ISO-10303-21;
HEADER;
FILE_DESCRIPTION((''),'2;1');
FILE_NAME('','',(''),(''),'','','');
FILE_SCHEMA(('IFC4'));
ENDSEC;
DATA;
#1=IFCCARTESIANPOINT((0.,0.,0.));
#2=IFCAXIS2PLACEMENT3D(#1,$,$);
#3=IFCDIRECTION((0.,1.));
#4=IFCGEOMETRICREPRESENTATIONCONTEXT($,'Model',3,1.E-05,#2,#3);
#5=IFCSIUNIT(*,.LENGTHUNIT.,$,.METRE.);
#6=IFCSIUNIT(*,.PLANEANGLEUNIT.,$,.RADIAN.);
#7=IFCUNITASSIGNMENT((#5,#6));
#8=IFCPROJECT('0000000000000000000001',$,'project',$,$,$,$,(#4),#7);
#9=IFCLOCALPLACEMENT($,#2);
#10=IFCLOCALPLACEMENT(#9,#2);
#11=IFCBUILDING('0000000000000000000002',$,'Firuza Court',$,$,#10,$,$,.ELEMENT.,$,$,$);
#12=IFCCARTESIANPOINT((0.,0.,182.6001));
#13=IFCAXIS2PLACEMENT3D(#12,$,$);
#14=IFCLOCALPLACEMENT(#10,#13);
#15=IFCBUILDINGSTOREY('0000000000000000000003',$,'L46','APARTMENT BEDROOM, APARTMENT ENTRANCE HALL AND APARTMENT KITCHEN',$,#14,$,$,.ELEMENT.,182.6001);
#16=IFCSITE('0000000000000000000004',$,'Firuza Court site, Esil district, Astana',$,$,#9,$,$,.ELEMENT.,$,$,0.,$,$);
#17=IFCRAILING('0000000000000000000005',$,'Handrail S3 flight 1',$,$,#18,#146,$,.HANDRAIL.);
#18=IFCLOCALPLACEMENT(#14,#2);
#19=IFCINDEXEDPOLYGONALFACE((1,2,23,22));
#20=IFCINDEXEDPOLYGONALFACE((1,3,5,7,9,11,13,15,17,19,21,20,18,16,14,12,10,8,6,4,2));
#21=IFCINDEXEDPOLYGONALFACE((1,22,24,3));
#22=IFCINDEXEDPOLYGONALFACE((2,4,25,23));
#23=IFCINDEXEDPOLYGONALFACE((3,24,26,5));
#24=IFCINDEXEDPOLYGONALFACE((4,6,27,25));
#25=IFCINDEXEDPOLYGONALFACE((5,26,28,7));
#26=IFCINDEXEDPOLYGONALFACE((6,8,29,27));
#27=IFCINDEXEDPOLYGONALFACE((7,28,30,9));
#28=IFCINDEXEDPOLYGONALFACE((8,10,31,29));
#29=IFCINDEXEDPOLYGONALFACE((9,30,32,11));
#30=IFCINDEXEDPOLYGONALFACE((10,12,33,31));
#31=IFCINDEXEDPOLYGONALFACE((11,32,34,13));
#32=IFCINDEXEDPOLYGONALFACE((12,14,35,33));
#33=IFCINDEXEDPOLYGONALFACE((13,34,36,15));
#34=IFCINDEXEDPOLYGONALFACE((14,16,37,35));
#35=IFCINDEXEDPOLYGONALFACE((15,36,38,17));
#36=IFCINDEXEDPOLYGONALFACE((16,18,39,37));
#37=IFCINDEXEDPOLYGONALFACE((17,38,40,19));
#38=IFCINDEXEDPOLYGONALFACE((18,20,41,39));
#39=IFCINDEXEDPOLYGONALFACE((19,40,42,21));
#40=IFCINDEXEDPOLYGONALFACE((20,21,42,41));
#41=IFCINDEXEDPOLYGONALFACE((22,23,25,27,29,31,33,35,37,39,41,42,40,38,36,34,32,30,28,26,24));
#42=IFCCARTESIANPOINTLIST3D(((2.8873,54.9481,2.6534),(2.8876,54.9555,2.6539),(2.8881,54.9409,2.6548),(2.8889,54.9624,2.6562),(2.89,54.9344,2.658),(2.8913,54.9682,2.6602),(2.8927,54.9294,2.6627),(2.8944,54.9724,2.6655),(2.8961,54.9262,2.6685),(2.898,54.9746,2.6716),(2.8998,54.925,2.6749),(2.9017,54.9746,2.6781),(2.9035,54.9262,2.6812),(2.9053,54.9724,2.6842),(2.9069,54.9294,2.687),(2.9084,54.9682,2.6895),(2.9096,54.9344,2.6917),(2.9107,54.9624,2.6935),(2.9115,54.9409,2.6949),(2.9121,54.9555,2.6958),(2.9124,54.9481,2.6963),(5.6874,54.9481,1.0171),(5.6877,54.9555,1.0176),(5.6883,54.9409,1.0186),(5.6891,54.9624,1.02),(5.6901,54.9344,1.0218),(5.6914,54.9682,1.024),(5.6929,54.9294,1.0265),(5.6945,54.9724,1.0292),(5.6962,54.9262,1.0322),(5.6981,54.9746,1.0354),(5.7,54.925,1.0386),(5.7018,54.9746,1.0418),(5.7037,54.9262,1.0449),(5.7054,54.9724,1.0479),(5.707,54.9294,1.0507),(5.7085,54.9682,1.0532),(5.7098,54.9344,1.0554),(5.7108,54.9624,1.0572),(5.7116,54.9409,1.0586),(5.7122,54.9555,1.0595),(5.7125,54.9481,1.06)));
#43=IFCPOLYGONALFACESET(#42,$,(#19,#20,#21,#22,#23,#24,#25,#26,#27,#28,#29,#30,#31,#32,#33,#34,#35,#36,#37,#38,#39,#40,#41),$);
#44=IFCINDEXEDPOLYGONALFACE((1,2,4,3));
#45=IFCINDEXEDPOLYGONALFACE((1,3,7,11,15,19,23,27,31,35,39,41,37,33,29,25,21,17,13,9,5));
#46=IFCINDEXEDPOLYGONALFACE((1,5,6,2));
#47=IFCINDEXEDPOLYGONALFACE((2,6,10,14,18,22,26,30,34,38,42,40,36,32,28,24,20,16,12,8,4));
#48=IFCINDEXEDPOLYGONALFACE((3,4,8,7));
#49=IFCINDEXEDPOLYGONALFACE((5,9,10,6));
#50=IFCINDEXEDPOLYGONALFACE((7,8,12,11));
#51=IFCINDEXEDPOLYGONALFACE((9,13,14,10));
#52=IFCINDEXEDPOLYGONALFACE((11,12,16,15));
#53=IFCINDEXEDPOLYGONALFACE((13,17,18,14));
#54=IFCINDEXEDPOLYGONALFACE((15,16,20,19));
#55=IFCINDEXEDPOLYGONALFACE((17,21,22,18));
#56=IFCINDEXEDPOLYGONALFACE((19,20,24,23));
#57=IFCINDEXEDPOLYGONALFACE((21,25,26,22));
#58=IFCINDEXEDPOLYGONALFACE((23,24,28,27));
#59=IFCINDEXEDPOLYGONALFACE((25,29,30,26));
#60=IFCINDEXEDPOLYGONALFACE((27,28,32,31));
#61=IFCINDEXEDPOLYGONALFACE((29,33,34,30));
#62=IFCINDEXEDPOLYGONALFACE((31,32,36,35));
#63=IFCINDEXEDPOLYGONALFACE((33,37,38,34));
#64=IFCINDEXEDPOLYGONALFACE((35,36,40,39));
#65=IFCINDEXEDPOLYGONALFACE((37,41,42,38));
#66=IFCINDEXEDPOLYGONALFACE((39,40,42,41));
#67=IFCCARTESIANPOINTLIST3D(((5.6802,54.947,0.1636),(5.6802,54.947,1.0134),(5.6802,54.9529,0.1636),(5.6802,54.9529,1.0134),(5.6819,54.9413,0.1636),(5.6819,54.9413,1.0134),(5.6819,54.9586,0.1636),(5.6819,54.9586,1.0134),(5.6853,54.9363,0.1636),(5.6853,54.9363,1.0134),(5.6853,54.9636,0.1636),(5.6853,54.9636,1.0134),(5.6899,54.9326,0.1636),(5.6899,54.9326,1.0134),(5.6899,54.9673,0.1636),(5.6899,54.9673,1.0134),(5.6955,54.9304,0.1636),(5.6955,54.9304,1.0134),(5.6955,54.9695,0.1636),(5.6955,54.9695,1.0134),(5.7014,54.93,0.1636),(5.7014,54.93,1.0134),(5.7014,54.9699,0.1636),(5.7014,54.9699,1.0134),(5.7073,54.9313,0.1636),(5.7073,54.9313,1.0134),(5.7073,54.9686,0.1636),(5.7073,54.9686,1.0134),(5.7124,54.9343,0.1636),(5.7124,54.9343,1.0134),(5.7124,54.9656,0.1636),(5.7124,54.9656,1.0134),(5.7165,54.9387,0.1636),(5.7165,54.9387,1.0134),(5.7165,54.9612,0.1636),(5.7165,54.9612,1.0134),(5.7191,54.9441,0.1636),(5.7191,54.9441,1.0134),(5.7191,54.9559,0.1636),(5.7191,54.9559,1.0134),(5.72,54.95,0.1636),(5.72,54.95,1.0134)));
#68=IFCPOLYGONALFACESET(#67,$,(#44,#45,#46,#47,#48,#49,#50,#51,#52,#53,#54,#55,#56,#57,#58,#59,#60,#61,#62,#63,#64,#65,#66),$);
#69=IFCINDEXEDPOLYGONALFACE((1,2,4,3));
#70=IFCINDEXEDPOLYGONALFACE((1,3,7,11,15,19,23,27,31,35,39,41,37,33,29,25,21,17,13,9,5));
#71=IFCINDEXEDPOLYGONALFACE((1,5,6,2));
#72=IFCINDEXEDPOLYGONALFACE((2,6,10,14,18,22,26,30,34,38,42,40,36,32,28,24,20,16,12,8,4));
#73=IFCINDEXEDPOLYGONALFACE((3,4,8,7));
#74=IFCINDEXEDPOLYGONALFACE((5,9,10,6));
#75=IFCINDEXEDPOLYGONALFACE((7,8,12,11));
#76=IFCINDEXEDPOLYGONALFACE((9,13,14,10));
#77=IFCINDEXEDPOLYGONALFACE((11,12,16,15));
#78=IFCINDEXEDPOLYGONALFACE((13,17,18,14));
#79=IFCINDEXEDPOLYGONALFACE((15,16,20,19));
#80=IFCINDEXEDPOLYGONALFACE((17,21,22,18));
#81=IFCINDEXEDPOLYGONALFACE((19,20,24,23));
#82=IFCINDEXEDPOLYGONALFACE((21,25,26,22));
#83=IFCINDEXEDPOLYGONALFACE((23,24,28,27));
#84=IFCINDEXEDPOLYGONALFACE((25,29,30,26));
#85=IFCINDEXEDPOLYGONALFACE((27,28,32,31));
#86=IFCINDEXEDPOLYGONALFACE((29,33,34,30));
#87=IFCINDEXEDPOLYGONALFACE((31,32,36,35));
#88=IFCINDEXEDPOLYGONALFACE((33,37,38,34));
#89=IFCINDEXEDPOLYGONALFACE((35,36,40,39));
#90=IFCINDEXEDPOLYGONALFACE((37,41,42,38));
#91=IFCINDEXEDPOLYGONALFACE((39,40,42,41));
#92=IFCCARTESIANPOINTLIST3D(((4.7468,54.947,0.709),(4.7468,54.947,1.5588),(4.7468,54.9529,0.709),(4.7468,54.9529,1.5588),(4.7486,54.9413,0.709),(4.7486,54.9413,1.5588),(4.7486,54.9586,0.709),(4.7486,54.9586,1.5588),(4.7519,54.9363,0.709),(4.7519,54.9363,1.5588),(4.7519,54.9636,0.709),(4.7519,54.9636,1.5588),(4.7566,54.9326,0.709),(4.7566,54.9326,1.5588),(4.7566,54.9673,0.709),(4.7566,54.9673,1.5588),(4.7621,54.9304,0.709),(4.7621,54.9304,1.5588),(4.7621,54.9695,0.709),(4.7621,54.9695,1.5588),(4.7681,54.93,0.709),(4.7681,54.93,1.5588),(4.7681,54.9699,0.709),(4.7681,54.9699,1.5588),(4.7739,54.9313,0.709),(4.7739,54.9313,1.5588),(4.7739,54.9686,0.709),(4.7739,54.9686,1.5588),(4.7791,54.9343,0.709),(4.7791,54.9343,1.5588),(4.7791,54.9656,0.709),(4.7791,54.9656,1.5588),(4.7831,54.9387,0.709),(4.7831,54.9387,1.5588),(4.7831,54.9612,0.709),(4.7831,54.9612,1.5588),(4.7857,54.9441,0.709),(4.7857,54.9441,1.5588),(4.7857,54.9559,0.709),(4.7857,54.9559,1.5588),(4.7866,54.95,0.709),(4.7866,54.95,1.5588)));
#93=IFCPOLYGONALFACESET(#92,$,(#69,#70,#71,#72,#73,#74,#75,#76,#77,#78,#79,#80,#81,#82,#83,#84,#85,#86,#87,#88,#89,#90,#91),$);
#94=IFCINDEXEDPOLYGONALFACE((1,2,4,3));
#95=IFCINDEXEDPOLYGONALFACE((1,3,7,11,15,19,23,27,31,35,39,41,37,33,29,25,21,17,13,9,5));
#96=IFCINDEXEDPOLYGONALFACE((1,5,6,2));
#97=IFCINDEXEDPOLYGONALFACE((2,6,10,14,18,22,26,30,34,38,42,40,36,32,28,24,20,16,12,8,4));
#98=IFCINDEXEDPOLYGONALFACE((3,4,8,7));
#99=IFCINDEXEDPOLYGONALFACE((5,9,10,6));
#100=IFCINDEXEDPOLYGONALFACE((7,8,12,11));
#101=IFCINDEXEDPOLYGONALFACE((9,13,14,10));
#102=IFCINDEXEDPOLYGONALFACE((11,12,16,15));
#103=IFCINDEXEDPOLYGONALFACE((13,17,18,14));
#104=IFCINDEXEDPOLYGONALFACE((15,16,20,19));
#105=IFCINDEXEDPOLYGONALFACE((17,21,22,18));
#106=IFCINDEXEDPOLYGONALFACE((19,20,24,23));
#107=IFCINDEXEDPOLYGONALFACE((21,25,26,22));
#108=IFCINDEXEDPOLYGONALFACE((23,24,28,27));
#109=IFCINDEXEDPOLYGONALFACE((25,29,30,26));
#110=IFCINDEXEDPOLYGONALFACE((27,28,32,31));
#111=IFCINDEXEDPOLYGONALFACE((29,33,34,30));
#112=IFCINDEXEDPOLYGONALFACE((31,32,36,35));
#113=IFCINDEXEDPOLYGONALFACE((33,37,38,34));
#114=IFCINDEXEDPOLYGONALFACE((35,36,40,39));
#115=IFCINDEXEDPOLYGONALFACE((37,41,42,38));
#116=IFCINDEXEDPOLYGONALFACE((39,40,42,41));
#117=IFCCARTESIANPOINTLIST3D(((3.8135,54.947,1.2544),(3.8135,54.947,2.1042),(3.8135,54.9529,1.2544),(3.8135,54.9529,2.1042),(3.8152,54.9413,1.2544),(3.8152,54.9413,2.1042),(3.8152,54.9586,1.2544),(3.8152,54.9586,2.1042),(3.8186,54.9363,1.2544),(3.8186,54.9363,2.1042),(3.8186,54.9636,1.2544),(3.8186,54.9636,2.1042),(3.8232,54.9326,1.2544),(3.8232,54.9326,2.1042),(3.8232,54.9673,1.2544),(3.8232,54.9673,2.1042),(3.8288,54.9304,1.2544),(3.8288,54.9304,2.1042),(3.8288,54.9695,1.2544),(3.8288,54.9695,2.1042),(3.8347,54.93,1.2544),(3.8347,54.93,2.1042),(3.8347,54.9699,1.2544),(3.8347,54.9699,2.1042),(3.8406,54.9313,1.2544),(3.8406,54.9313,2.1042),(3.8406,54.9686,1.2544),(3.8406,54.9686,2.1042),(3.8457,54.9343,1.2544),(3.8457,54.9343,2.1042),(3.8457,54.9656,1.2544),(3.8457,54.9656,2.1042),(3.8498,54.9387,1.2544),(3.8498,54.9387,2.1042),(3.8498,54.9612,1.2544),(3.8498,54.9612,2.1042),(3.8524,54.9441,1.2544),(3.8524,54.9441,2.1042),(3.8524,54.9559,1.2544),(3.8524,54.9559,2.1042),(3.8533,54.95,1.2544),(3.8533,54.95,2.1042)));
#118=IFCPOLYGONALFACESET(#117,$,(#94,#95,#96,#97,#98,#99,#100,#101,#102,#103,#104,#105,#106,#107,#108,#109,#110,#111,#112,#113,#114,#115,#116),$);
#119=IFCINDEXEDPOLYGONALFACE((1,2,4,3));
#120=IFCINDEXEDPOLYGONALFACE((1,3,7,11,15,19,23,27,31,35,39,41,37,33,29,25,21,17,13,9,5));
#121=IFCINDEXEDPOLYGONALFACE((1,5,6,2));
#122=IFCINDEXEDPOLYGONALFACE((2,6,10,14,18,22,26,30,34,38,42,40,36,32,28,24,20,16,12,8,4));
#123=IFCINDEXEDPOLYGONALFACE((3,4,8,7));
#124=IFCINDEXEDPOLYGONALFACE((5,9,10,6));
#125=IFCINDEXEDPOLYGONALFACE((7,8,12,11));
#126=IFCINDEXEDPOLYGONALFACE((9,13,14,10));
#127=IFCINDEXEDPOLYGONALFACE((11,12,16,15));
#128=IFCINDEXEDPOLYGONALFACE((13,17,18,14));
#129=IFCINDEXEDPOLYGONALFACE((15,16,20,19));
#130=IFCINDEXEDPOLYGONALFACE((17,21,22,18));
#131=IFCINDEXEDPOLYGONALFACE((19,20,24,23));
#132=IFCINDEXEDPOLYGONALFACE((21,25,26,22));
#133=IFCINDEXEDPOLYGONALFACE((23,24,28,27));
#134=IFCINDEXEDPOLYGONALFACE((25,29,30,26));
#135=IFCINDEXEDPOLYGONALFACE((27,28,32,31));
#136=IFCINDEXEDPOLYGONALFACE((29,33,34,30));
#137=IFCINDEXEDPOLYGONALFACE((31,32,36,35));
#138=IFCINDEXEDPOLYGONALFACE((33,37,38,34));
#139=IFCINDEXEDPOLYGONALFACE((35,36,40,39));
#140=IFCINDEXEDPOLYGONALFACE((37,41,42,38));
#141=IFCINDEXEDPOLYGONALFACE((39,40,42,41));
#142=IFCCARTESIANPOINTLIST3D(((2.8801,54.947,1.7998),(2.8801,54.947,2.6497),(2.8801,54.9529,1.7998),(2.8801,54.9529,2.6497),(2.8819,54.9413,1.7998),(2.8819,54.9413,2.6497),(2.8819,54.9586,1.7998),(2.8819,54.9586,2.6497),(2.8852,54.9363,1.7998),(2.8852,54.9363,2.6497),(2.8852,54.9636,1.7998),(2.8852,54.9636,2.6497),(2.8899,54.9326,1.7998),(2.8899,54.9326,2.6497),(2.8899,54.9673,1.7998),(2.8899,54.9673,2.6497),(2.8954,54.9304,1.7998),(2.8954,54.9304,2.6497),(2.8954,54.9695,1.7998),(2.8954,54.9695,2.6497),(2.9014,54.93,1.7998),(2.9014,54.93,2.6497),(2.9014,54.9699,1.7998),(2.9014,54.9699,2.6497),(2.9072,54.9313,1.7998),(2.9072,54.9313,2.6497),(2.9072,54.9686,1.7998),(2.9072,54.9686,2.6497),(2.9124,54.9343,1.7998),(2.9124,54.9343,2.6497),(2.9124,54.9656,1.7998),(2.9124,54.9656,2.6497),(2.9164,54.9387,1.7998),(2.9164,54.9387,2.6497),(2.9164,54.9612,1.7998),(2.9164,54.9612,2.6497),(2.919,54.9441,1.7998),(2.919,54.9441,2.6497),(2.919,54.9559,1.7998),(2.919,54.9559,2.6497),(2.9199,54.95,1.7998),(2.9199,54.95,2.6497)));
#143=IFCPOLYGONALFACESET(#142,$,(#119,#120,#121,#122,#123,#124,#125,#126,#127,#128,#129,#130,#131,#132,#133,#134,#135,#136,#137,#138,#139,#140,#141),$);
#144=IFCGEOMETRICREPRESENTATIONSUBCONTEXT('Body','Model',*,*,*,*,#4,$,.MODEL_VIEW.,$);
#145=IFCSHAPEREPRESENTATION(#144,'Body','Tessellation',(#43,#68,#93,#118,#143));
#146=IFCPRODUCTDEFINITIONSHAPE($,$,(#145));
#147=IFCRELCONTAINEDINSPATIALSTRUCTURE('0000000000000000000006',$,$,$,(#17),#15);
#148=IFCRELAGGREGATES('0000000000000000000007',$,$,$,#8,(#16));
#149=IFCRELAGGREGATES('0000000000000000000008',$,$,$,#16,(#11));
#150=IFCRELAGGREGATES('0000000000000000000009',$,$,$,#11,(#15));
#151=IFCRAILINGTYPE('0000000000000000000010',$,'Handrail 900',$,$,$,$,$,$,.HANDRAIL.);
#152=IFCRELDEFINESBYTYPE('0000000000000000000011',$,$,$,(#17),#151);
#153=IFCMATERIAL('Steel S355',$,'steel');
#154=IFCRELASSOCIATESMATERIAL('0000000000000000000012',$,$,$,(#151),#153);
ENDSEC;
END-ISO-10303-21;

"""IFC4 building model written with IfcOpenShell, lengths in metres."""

from ifc_helpers import new_model, si_unit, direction, frame, origin, origin_2d, place, context, subcontext, project, spatial, circle, extrude, material, type_object, element, save


model = new_model("IFC4")

# Units and contexts
model_context = context("Model", 3, precision=1e-05, world=origin(), true_north=direction((0.0, 1.0)))
body_context = subcontext(model_context, "Body", "Model", "MODEL_VIEW")
ifc_project = project(units=[si_unit("LENGTHUNIT", "METRE"), si_unit("PLANEANGLEUNIT", "RADIAN")], contexts=[model_context])

# Site, building, storey
site_placement = place(None, origin())
site = spatial("IfcSite", under=ifc_project, at=site_placement, Name="Firuza Court site, Esil district, Astana", CompositionType="ELEMENT", RefElevation=0.0)
building_placement = place(site_placement, origin())
building = spatial("IfcBuilding", under=site, at=building_placement, Name="Firuza Court", CompositionType="ELEMENT")
storey_placement = place(building_placement, frame((0.0, 0.0, 182.6001)))
storey = spatial("IfcBuildingStorey", under=building, at=storey_placement, Name="L46", Description="APARTMENT BEDROOM, APARTMENT ENTRANCE HALL AND APARTMENT KITCHEN", CompositionType="ELEMENT", Elevation=182.6001)

# Railing
ifc_material_1 = material(Name="Steel S355", Category="steel")
railing_type_1 = type_object("IfcRailingType", Name="Handrail 900", PredefinedType="HANDRAIL", material=ifc_material_1)
railing_1_placement = place(storey_placement, frame((5.7, 54.95, 0.1636)))
element("IfcRailing", 1, at=railing_1_placement, inside=storey, type_object=railing_type_1, Name="Handrail S3 flight 1", PredefinedType="HANDRAIL", context=body_context, shape_type="SweptSolid", body=[
    extrude(circle(Radius=0.0249, at=origin_2d()), frame((0.0, 0.0, 0.875), z_axis=(-0.863394, 0.0, 0.504531), x_axis=(0.0, -1.0, 0.0)), (0.0, 0.0, 1.0), 3.2432),
    extrude(circle(Radius=0.02, at=origin_2d()), origin(), (0.0, 0.0, 1.0), 0.8499),
    extrude(circle(Radius=0.02, at=origin_2d()), frame((-0.9333, 0.0, 0.5454)), (0.0, 0.0, 1.0), 0.8499),
    extrude(circle(Radius=0.02, at=origin_2d()), frame((-1.8667, 0.0, 1.0908)), (0.0, 0.0, 1.0), 0.8499),
    extrude(circle(Radius=0.02, at=origin_2d()), frame((-2.8, 0.0, 1.6362)), (0.0, 0.0, 1.0), 0.8499),
])

save(model, "model.ifc")
